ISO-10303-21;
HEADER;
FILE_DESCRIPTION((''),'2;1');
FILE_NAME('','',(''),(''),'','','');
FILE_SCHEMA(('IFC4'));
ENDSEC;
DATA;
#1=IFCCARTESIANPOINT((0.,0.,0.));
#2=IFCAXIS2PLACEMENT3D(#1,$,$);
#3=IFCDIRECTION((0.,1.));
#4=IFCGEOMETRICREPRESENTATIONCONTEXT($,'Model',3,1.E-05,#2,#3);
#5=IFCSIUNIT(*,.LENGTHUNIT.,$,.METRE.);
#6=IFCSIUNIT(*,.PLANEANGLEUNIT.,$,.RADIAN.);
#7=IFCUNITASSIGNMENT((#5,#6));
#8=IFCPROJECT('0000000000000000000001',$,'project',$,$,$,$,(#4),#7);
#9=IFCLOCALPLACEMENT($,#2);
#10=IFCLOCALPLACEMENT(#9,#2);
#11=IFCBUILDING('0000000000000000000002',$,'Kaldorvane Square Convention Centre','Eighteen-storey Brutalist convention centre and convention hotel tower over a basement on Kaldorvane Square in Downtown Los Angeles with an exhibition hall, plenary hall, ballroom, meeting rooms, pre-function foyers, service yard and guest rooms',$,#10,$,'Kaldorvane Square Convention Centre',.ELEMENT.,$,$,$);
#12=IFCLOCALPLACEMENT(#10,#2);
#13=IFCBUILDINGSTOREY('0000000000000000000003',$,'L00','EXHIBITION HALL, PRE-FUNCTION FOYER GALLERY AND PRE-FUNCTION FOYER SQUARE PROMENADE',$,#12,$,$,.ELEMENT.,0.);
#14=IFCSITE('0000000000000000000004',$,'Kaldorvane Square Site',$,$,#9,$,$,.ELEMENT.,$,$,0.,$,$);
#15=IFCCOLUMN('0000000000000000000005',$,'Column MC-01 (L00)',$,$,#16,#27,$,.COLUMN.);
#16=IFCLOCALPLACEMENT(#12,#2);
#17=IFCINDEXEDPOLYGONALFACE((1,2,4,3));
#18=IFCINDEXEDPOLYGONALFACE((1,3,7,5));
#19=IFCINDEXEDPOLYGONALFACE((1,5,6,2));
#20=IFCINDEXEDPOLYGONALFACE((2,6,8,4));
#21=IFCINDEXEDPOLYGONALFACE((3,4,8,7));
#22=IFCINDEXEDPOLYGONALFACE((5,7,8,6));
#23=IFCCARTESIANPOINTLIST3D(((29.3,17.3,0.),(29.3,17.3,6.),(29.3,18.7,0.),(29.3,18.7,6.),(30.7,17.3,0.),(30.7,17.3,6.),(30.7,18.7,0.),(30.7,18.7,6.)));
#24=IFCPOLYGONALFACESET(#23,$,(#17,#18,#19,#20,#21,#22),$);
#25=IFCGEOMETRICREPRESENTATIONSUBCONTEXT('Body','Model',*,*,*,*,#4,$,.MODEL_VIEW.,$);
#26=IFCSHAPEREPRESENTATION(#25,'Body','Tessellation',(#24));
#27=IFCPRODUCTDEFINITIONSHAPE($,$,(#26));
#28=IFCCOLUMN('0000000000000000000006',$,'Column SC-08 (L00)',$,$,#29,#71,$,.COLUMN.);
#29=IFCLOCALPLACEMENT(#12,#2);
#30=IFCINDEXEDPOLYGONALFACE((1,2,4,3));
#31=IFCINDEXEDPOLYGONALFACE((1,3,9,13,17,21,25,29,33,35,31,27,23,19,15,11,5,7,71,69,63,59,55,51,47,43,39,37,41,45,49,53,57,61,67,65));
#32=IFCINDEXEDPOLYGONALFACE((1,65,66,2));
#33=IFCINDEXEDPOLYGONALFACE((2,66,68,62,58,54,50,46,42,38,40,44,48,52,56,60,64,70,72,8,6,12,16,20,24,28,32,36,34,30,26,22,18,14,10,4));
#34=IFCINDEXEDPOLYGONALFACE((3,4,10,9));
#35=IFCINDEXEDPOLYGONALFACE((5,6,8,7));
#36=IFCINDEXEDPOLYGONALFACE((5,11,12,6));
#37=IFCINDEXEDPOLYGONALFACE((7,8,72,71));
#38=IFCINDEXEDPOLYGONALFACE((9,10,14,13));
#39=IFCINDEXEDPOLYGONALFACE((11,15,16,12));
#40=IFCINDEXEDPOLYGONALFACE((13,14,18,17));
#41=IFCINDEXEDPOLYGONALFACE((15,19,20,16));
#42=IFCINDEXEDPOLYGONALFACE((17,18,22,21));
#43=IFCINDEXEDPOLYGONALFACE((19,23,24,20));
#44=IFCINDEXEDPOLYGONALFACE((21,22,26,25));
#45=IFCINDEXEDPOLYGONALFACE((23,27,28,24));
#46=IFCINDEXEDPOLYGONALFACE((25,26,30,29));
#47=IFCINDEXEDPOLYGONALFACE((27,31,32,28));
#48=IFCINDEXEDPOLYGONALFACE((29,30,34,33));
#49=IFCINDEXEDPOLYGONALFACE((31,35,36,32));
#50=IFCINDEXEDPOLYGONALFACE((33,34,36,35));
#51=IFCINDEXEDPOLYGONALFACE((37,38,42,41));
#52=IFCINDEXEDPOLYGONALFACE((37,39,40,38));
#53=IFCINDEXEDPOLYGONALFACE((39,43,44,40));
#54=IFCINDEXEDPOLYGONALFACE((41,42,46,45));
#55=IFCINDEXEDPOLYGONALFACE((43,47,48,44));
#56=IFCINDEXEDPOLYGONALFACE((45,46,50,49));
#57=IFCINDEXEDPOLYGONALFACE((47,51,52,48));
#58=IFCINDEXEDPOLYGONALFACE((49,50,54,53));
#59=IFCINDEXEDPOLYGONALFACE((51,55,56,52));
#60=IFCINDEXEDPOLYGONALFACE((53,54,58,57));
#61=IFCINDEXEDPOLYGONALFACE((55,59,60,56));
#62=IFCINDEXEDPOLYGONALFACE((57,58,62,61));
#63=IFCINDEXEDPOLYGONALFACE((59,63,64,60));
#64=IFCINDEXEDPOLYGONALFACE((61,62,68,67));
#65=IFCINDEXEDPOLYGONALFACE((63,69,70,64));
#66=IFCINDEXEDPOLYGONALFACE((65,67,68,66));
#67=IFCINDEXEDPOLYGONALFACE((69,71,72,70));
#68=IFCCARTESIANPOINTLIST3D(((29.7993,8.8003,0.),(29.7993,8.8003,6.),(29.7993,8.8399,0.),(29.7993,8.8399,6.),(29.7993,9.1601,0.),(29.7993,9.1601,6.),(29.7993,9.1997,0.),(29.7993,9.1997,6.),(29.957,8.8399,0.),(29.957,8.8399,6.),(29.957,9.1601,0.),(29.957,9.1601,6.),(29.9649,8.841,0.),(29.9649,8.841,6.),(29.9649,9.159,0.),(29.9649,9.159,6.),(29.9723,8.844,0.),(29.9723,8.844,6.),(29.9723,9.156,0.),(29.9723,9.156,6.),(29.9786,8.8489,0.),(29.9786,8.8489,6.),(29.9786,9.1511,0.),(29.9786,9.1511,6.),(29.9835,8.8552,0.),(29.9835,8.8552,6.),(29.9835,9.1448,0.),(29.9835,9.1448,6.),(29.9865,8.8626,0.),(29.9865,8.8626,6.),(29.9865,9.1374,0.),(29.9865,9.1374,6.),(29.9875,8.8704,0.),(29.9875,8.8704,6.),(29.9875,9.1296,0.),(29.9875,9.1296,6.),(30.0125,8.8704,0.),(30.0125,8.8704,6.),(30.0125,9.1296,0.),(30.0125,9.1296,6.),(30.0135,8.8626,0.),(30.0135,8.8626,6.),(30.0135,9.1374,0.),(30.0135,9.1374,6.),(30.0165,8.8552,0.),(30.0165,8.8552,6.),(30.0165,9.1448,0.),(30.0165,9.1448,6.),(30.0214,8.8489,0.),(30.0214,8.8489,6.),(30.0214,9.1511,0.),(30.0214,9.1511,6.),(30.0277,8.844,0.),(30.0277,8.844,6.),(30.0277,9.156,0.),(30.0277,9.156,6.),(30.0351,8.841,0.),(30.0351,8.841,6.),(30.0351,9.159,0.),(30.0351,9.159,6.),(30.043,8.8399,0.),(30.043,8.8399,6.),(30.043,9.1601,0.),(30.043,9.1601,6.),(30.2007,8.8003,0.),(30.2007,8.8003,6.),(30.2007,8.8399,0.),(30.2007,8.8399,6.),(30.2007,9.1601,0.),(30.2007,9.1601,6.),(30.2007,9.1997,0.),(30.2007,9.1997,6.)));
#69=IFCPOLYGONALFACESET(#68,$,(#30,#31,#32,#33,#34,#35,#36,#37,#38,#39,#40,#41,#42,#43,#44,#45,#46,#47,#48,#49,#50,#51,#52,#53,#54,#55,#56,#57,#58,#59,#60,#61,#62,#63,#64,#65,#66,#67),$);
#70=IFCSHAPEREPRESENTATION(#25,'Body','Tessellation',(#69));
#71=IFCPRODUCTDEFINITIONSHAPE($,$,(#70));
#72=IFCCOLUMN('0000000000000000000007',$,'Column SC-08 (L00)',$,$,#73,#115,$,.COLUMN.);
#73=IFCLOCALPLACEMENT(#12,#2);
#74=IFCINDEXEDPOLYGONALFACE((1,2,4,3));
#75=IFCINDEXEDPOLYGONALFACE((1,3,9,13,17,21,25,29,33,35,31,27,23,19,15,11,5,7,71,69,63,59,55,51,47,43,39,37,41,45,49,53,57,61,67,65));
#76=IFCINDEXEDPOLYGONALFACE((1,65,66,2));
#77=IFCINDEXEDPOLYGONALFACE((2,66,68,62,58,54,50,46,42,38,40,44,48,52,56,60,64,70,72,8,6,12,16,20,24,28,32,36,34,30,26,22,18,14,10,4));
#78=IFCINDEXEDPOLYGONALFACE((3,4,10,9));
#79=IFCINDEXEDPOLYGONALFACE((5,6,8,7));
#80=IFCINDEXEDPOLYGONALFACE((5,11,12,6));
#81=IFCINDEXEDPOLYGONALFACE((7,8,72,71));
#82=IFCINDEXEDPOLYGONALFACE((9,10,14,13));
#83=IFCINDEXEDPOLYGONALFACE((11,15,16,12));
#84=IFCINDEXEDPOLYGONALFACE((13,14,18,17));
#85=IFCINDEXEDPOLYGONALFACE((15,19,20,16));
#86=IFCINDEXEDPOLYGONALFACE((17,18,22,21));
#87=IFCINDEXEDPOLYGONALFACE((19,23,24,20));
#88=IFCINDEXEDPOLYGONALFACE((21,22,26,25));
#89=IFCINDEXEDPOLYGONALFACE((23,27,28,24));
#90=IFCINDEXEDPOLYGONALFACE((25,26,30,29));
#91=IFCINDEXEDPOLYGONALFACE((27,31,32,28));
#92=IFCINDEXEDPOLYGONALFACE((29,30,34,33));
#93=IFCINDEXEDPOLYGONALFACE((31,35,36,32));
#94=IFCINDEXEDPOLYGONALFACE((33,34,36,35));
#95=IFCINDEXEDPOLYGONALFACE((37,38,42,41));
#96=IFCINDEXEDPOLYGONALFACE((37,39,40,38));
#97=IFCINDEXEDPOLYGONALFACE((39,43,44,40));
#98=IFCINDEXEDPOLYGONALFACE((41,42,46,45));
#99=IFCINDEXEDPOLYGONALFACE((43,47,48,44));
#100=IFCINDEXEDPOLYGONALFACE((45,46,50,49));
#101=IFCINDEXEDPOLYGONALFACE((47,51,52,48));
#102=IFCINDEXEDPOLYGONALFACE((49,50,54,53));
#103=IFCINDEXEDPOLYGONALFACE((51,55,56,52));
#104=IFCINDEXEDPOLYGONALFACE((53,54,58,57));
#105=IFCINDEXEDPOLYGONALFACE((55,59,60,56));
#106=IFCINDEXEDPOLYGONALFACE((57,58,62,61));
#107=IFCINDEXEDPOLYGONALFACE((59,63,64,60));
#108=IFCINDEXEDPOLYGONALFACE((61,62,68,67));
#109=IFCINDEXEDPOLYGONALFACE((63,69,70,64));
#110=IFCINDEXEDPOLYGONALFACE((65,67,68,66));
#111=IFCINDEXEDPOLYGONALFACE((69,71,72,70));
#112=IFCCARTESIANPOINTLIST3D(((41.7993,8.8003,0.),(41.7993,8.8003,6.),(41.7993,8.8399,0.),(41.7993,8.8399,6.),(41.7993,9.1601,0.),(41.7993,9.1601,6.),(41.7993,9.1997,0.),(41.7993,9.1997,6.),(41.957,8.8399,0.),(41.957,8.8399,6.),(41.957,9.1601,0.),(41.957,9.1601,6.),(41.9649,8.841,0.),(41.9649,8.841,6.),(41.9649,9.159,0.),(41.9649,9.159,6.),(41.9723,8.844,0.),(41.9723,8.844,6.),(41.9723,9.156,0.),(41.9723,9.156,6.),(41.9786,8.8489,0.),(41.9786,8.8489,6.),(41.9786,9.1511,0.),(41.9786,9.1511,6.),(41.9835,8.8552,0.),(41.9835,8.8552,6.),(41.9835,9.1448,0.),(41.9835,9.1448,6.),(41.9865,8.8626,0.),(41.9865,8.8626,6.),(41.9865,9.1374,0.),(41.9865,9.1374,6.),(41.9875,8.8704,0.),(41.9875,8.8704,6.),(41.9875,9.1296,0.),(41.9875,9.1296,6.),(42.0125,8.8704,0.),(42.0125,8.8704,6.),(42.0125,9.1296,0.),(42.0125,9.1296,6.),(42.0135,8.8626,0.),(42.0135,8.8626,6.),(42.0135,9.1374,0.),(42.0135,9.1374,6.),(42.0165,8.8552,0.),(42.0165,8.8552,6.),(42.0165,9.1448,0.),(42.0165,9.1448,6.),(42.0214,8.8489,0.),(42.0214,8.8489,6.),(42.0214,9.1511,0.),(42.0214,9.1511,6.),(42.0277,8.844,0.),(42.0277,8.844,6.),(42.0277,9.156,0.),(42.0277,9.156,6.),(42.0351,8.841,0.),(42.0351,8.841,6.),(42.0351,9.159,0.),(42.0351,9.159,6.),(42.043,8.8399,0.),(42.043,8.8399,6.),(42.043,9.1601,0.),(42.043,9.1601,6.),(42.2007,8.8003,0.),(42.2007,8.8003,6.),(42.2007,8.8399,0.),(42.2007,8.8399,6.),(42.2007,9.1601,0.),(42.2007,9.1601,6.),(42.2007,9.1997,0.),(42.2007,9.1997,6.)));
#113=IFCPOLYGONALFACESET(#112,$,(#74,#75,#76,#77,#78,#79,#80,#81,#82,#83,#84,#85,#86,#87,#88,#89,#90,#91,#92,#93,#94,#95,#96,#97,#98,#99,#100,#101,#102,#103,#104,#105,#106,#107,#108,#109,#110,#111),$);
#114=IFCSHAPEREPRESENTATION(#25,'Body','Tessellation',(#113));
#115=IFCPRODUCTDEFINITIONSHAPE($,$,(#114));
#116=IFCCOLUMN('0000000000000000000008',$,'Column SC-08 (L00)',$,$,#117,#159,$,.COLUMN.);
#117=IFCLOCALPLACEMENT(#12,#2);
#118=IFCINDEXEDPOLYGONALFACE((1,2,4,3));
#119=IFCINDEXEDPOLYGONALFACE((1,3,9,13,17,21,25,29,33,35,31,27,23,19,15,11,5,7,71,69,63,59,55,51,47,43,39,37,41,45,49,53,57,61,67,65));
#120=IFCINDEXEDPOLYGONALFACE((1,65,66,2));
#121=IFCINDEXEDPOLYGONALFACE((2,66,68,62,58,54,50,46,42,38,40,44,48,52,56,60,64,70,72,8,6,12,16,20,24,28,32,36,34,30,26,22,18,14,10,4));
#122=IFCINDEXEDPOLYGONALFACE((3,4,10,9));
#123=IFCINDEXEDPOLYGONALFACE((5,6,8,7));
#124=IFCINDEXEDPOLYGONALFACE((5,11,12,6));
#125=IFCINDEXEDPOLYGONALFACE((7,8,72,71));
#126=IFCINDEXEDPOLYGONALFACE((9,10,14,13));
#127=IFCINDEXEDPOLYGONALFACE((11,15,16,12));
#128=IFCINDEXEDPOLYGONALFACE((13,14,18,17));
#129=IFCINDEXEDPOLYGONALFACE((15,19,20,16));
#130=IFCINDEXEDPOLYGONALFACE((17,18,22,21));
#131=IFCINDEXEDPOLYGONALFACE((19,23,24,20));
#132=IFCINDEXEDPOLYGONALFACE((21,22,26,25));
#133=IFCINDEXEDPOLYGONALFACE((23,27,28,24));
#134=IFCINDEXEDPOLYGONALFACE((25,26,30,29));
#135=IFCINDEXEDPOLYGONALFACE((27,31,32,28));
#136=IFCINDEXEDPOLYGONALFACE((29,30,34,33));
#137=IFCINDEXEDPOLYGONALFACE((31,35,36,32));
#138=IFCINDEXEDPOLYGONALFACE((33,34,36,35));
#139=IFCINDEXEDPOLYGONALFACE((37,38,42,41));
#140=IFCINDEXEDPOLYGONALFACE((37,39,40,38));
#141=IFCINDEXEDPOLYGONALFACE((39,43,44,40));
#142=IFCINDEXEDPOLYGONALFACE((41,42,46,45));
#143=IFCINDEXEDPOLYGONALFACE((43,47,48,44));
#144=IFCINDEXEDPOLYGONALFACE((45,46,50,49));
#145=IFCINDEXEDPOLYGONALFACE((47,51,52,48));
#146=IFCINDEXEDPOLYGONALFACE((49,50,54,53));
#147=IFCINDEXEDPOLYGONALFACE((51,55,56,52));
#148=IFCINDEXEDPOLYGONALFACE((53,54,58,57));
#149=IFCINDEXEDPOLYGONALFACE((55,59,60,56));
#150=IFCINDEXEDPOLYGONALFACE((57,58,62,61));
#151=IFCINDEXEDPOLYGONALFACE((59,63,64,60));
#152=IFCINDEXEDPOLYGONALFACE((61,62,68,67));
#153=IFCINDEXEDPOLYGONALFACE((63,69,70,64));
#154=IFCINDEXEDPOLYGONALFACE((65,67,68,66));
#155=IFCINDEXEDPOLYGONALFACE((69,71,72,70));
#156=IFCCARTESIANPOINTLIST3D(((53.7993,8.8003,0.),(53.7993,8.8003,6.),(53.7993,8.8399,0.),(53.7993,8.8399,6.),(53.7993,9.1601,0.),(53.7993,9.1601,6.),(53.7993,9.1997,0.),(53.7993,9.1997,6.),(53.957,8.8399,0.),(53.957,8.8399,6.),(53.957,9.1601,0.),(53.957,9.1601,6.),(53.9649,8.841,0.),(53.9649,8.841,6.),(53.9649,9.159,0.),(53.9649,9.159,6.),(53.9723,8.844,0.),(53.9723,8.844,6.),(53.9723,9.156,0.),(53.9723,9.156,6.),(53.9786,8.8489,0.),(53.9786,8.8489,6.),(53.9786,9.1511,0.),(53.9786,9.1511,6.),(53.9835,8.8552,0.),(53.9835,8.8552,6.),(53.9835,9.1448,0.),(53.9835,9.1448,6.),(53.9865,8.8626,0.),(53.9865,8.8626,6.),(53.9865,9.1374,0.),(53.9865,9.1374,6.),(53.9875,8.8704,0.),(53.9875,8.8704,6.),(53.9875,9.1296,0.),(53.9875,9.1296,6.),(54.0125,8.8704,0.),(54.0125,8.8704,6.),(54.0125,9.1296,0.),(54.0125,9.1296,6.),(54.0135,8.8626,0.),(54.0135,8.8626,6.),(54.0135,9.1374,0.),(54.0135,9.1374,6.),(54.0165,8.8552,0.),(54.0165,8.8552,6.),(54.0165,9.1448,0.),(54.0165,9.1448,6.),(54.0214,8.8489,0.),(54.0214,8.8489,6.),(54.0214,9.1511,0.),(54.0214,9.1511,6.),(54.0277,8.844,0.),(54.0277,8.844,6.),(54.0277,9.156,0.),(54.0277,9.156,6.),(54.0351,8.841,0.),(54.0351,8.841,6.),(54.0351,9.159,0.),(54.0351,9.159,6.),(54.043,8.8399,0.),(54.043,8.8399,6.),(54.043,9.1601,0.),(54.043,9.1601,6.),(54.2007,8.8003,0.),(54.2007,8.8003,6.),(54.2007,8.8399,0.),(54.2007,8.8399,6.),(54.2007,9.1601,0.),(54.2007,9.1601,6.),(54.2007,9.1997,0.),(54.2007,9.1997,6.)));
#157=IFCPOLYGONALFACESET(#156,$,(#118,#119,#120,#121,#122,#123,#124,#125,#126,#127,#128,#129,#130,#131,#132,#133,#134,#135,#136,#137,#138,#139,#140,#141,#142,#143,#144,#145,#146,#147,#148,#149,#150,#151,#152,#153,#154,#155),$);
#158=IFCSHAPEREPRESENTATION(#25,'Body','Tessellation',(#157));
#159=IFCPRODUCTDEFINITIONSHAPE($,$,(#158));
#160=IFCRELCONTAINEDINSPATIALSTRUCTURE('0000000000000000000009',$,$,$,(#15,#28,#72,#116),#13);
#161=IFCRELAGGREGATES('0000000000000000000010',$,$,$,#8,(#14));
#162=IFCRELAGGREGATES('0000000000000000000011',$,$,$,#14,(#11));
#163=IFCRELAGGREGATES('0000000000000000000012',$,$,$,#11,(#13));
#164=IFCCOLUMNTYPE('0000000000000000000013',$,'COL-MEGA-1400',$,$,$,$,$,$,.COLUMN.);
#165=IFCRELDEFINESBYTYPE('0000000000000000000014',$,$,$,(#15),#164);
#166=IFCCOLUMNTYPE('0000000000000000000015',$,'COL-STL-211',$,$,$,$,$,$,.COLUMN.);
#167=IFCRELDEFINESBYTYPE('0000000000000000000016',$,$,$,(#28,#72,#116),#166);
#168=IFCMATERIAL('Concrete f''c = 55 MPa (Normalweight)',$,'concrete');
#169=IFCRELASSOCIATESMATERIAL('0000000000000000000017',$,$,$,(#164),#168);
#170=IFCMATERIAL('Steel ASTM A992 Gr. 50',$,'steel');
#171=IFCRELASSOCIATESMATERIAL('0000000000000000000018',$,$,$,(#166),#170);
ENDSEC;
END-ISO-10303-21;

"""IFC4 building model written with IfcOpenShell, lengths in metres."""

from ifc_helpers import new_model, si_unit, direction, frame, origin, origin_2d, place, context, subcontext, project, spatial, rectangle, i_section, extrude, material, material_profile, profile_set, type_object, element, save


model = new_model("IFC4")

# Units and contexts
model_context = context("Model", 3, precision=1e-05, world=origin(), true_north=direction((0.0, 1.0)))
body_context = subcontext(model_context, "Body", "Model", "MODEL_VIEW")
ifc_project = project(units=[si_unit("LENGTHUNIT", "METRE"), si_unit("PLANEANGLEUNIT", "RADIAN")], contexts=[model_context])

# Site, building, storey
site_placement = place(None, origin())
site = spatial("IfcSite", under=ifc_project, at=site_placement, Name="Kaldorvane Square Site", CompositionType="ELEMENT", RefElevation=0.0)
building_placement = place(site_placement, origin())
building = spatial("IfcBuilding", under=site, at=building_placement, Name="Kaldorvane Square Convention Centre", Description="Eighteen-storey Brutalist convention centre and convention hotel tower over a basement on Kaldorvane Square in Downtown Los Angeles with an exhibition hall, plenary hall, ballroom, meeting rooms, pre-function foyers, service yard and guest rooms", LongName="Kaldorvane Square Convention Centre", CompositionType="ELEMENT")
storey_placement = place(building_placement, origin())
storey = spatial("IfcBuildingStorey", under=building, at=storey_placement, Name="L00", Description="EXHIBITION HALL, PRE-FUNCTION FOYER GALLERY AND PRE-FUNCTION FOYER SQUARE PROMENADE", CompositionType="ELEMENT", Elevation=0.0)

# Columns
ifc_material_1 = material(Name="Concrete f'c = 55 MPa (Normalweight)", Category="concrete")
ifc_material_profile_1 = material_profile(ifc_material_1, rectangle(XDim=1.4, YDim=1.4, at=origin_2d()), Name="RC1400X1400")
ifc_profile_set_1 = profile_set([ifc_material_profile_1], Name="Concrete f'c = 55 MPa (Normalweight)")
column_type_1 = type_object("IfcColumnType", Name="COL-MEGA-1400", PredefinedType="COLUMN", material=ifc_profile_set_1)
column_placement = place(storey_placement, frame((30.0, 18.0, 0.0), z_axis=(0.0, 0.0, 1.0), x_axis=(1.0, 0.0, 0.0)))
element("IfcColumn", 1, at=column_placement, inside=storey, type_object=column_type_1, Name="Column MC-01 (L00)", PredefinedType="COLUMN", context=body_context, shape_type="SweptSolid", body=[
    extrude(rectangle(XDim=1.4, YDim=1.4, at=origin_2d()), origin(), (0.0, 0.0, 1.0), 6.0),
])
ifc_material_2 = material(Name="Steel ASTM A992 Gr. 50", Category="steel")
ifc_material_profile_2 = material_profile(ifc_material_2, i_section(OverallWidth=0.4013, OverallDepth=0.3993, WebThickness=0.0249, FlangeThickness=0.0396, FilletRadius=0.0305, at=origin_2d()), Name="W14X211")
ifc_profile_set_2 = profile_set([ifc_material_profile_2], Name="Steel ASTM A992 Gr. 50")
column_type_2 = type_object("IfcColumnType", Name="COL-STL-211", PredefinedType="COLUMN", material=ifc_profile_set_2)
for number, where, z_axis, x_axis, name in (
    (2, (30.0, 9.0, 0.0), (0.0, 0.0, 1.0), (1.0, 0.0, 0.0), "Column SC-08 (L00)"),
    (3, (42.0, 9.0, 0.0), (0.0, 0.0, 1.0), (1.0, 0.0, 0.0), "Column SC-08 (L00)"),
    (4, (54.0, 9.0, 0.0), (0.0, 0.0, 1.0), (1.0, 0.0, 0.0), "Column SC-08 (L00)"),
):
    element("IfcColumn", number, at=place(storey_placement, frame(where, z_axis=z_axis, x_axis=x_axis)), inside=storey, type_object=column_type_2, Name=name, PredefinedType="COLUMN", context=body_context, shape_type="SweptSolid", body=[
        extrude(i_section(OverallWidth=0.4013, OverallDepth=0.3993, WebThickness=0.0249, FlangeThickness=0.0396, FilletRadius=0.0305, at=origin_2d()), origin(), (0.0, 0.0, 1.0), 6.0),
    ])

save(model, "model.ifc")
